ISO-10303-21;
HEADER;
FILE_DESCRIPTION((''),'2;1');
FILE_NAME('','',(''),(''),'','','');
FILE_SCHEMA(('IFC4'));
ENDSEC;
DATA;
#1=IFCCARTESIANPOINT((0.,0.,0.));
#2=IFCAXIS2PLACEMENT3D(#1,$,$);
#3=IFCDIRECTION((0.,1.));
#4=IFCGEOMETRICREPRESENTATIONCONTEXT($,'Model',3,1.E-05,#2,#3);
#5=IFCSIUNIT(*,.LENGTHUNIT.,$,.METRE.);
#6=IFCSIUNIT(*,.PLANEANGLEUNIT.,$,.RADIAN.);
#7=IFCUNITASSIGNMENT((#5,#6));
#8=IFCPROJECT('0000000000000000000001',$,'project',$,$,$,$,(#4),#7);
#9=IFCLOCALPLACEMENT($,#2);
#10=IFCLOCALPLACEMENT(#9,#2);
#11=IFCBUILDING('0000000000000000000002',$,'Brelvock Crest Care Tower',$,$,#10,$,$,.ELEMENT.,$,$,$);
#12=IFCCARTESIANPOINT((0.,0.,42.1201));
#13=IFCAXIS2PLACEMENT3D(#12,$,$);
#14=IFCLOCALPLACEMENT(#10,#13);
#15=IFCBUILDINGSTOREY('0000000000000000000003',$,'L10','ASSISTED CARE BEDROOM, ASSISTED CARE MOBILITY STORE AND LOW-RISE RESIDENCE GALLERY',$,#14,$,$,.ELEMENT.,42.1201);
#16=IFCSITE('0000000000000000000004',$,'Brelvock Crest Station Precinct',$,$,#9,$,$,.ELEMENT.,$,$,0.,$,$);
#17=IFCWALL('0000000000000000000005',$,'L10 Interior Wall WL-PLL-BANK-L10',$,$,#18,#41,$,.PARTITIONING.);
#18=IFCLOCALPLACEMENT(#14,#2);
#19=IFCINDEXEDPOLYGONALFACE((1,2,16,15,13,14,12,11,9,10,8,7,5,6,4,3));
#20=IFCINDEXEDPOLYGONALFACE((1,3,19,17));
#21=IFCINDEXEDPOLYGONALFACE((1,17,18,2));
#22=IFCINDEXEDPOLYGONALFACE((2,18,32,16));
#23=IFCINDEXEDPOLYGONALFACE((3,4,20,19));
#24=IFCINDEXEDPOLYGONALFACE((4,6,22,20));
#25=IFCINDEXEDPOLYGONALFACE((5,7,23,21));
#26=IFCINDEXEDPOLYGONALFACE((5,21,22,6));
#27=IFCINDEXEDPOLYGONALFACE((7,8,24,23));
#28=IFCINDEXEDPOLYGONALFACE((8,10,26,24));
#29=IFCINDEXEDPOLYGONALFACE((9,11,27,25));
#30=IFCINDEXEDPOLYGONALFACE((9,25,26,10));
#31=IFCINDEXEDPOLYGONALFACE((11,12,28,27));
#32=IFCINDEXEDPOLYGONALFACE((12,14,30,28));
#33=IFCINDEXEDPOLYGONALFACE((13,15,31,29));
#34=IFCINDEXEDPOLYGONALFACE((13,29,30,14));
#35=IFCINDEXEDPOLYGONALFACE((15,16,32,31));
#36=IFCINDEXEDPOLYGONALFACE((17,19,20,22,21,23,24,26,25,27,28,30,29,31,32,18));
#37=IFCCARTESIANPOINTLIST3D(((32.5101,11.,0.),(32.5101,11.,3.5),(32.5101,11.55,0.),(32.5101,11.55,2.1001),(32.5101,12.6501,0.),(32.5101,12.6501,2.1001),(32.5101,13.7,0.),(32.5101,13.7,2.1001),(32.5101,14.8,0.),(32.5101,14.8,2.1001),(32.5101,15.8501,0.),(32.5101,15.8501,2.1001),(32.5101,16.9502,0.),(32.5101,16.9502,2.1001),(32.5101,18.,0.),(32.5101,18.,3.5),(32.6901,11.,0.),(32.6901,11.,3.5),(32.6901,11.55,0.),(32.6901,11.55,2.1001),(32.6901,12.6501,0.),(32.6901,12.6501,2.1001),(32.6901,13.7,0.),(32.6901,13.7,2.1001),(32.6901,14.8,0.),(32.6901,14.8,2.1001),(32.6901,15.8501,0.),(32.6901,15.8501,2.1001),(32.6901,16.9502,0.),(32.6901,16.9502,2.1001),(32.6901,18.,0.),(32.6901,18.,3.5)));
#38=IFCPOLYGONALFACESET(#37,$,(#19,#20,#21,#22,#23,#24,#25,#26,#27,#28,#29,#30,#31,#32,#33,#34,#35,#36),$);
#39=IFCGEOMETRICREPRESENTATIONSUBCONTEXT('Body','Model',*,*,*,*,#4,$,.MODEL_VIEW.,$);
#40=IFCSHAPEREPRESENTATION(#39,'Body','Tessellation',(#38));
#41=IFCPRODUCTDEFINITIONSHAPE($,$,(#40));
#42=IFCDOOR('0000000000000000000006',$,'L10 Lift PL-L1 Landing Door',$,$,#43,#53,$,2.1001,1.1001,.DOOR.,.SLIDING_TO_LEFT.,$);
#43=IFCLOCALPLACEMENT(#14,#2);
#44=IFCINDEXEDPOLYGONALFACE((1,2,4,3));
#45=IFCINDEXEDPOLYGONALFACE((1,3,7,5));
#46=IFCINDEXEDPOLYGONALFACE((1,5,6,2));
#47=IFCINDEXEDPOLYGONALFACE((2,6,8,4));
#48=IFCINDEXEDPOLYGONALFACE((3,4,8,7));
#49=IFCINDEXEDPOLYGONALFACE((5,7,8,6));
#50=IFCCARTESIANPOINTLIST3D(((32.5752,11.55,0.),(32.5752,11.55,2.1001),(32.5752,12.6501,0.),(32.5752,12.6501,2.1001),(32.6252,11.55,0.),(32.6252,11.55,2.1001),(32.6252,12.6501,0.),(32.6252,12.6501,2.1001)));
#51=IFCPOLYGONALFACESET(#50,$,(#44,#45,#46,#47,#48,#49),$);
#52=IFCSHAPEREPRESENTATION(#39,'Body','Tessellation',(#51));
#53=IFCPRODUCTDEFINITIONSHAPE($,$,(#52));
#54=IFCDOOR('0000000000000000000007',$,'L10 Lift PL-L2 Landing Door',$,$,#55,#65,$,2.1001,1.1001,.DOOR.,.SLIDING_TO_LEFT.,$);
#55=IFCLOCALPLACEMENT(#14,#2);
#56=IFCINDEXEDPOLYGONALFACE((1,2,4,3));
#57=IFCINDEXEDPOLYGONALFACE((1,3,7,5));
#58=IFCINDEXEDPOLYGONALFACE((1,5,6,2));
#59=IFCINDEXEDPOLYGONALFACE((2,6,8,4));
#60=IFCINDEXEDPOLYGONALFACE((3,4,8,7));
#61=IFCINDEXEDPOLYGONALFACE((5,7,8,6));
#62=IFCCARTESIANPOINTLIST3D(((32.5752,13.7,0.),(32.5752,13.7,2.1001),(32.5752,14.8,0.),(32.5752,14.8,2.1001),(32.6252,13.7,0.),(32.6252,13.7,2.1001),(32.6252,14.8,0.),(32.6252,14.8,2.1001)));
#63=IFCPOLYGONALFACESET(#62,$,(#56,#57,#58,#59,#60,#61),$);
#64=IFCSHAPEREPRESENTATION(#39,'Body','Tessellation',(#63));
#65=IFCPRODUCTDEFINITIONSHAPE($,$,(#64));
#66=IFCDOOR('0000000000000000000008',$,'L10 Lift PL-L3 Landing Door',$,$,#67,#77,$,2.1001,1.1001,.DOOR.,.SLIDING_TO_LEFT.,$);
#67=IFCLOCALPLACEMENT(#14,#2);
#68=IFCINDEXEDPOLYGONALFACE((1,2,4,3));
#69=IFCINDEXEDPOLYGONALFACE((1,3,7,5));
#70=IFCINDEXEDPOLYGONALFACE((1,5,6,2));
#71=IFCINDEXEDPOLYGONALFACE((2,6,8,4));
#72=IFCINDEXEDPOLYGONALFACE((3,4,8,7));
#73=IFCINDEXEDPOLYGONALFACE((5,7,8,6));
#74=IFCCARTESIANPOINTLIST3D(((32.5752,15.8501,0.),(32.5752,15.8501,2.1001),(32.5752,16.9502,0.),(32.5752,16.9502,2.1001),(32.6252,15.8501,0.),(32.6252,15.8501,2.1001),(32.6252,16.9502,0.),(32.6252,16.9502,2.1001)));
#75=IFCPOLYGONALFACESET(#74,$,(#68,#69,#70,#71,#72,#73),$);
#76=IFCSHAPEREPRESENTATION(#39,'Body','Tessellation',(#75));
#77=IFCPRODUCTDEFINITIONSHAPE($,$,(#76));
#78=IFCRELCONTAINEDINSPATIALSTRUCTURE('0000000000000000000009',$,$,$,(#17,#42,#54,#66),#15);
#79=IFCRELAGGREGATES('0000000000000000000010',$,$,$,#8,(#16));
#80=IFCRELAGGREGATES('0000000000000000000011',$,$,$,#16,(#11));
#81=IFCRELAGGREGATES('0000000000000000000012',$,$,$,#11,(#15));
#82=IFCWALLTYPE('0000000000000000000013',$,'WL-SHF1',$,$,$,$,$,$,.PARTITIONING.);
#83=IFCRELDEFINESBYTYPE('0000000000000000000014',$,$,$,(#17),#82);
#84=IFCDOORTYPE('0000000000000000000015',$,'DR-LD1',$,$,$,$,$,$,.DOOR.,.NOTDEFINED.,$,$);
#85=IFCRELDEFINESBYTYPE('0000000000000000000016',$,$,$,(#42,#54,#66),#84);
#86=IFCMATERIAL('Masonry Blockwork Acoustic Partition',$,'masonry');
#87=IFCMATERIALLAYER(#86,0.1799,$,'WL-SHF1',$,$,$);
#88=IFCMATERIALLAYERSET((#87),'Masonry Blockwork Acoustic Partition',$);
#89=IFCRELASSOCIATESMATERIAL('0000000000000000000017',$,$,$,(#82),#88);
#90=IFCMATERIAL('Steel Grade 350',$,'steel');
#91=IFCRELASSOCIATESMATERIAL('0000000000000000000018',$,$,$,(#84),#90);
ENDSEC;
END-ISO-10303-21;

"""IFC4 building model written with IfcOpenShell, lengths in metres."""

from ifc_helpers import new_model, si_unit, direction, frame, frame_2d, origin, origin_2d, place, context, subcontext, project, spatial, rectangle, extrude, source, transform, mapped, material, layer, layer_set, type_object, element, fill, save


model = new_model("IFC4")

# Units and contexts
model_context = context("Model", 3, precision=1e-05, world=origin(), true_north=direction((0.0, 1.0)))
body_context = subcontext(model_context, "Body", "Model", "MODEL_VIEW")
ifc_project = project(units=[si_unit("LENGTHUNIT", "METRE"), si_unit("PLANEANGLEUNIT", "RADIAN")], contexts=[model_context])

# Site, building, storey
site_placement = place(None, origin())
site = spatial("IfcSite", under=ifc_project, at=site_placement, Name="Brelvock Crest Station Precinct", CompositionType="ELEMENT", RefElevation=0.0)
building_placement = place(site_placement, origin())
building = spatial("IfcBuilding", under=site, at=building_placement, Name="Brelvock Crest Care Tower", CompositionType="ELEMENT")
storey_placement = place(building_placement, frame((0.0, 0.0, 42.1201)))
storey = spatial("IfcBuildingStorey", under=building, at=storey_placement, Name="L10", Description="ASSISTED CARE BEDROOM, ASSISTED CARE MOBILITY STORE AND LOW-RISE RESIDENCE GALLERY", CompositionType="ELEMENT", Elevation=42.1201)

# Shared definitions
ifc_material_1 = material(Name="Steel Grade 350", Category="steel")

# Shared definitions
ifc_material_2 = material(Name="Masonry Blockwork Acoustic Partition", Category="masonry")

# Shared definitions
ifc_layer_1 = layer(ifc_material_2, 0.1799, Name="WL-SHF1")
ifc_layer_set_1 = layer_set([ifc_layer_1], Name="Masonry Blockwork Acoustic Partition")
wall_type_1 = type_object("IfcWallType", Name="WL-SHF1", PredefinedType="PARTITIONING", material=ifc_layer_set_1)

# Shared definitions
door_type_1 = type_object("IfcDoorType", Name="DR-LD1", OperationType="NOTDEFINED", PredefinedType="DOOR", material=ifc_material_1)
shared_shape_1 = source(origin(), body_context, "Body", "SweptSolid", [
    extrude(rectangle(XDim=1.1001, YDim=2.1001, at=origin_2d()), frame((0.55, 0.0249, 1.05), z_axis=(0.0, -1.0, 0.0), x_axis=(1.0, 0.0, 0.0)), (0.0, 0.0, 1.0), 0.05),
])

# Wall, openings, doors
wall_1_placement = place(storey_placement, frame((32.6001, 11.0, 0.0), z_axis=(0.0, 0.0, 1.0), x_axis=(0.0, 1.0, 0.0)))
wall_1 = element("IfcWall", 1, at=wall_1_placement, inside=storey, type_object=wall_type_1, Name="L10 Interior Wall WL-PLL-BANK-L10", PredefinedType="PARTITIONING", context=body_context, shape_type="SweptSolid", body=[
    extrude(rectangle(XDim=7.0, YDim=0.1799, at=frame_2d((3.5, 0.0))), origin(), (0.0, 0.0, 1.0), 3.5),
])
opening_1_placement = place(wall_1_placement, frame((0.55, 0.0, 0.0)))
opening_1 = element("IfcOpeningElement", 2, at=opening_1_placement, cuts=wall_1, PredefinedType="OPENING", context=body_context, shape_type="SweptSolid", body=[
    extrude(rectangle(XDim=1.1001, YDim=2.1001, at=origin_2d()), frame((0.55, 0.1001, 1.05), z_axis=(0.0, -1.0, 0.0), x_axis=(1.0, 0.0, 0.0)), (0.0, 0.0, 1.0), 0.2),
])
opening_2_placement = place(wall_1_placement, frame((2.7, 0.0, 0.0)))
opening_2 = element("IfcOpeningElement", 3, at=opening_2_placement, cuts=wall_1, PredefinedType="OPENING", context=body_context, shape_type="SweptSolid", body=[
    extrude(rectangle(XDim=1.1001, YDim=2.1001, at=origin_2d()), frame((0.55, 0.1001, 1.05), z_axis=(0.0, -1.0, 0.0), x_axis=(1.0, 0.0, 0.0)), (0.0, 0.0, 1.0), 0.2),
])
opening_3_placement = place(wall_1_placement, frame((4.8501, 0.0, 0.0)))
opening_3 = element("IfcOpeningElement", 4, at=opening_3_placement, cuts=wall_1, PredefinedType="OPENING", context=body_context, shape_type="SweptSolid", body=[
    extrude(rectangle(XDim=1.1001, YDim=2.1001, at=origin_2d()), frame((0.55, 0.1001, 1.05), z_axis=(0.0, -1.0, 0.0), x_axis=(1.0, 0.0, 0.0)), (0.0, 0.0, 1.0), 0.2),
])
door_1_placement = place(opening_1_placement, origin())
door_1 = element("IfcDoor", 5, at=door_1_placement, inside=storey, type_object=door_type_1, Name="L10 Lift PL-L1 Landing Door", OperationType="SLIDING_TO_LEFT", OverallHeight=2.1001, OverallWidth=1.1001, PredefinedType="DOOR", context=body_context, shape_type="MappedRepresentation", body=[
    mapped(shared_shape_1, transform((0.0, 0.0, 0.0), x_axis=(1.0, 0.0, 0.0), y_axis=(0.0, 1.0, 0.0), z_axis=(0.0, 0.0, 1.0), scale=1.0)),
])
fill(opening_1, door_1)
door_2_placement = place(opening_2_placement, origin())
door_2 = element("IfcDoor", 6, at=door_2_placement, inside=storey, type_object=door_type_1, Name="L10 Lift PL-L2 Landing Door", OperationType="SLIDING_TO_LEFT", OverallHeight=2.1001, OverallWidth=1.1001, PredefinedType="DOOR", context=body_context, shape_type="MappedRepresentation", body=[
    mapped(shared_shape_1, transform((0.0, 0.0, 0.0), x_axis=(1.0, 0.0, 0.0), y_axis=(0.0, 1.0, 0.0), z_axis=(0.0, 0.0, 1.0), scale=1.0)),
])
fill(opening_2, door_2)
door_3_placement = place(opening_3_placement, origin())
door_3 = element("IfcDoor", 7, at=door_3_placement, inside=storey, type_object=door_type_1, Name="L10 Lift PL-L3 Landing Door", OperationType="SLIDING_TO_LEFT", OverallHeight=2.1001, OverallWidth=1.1001, PredefinedType="DOOR", context=body_context, shape_type="MappedRepresentation", body=[
    mapped(shared_shape_1, transform((0.0, 0.0, 0.0), x_axis=(1.0, 0.0, 0.0), y_axis=(0.0, 1.0, 0.0), z_axis=(0.0, 0.0, 1.0), scale=1.0)),
])
fill(opening_3, door_3)

save(model, "model.ifc")
